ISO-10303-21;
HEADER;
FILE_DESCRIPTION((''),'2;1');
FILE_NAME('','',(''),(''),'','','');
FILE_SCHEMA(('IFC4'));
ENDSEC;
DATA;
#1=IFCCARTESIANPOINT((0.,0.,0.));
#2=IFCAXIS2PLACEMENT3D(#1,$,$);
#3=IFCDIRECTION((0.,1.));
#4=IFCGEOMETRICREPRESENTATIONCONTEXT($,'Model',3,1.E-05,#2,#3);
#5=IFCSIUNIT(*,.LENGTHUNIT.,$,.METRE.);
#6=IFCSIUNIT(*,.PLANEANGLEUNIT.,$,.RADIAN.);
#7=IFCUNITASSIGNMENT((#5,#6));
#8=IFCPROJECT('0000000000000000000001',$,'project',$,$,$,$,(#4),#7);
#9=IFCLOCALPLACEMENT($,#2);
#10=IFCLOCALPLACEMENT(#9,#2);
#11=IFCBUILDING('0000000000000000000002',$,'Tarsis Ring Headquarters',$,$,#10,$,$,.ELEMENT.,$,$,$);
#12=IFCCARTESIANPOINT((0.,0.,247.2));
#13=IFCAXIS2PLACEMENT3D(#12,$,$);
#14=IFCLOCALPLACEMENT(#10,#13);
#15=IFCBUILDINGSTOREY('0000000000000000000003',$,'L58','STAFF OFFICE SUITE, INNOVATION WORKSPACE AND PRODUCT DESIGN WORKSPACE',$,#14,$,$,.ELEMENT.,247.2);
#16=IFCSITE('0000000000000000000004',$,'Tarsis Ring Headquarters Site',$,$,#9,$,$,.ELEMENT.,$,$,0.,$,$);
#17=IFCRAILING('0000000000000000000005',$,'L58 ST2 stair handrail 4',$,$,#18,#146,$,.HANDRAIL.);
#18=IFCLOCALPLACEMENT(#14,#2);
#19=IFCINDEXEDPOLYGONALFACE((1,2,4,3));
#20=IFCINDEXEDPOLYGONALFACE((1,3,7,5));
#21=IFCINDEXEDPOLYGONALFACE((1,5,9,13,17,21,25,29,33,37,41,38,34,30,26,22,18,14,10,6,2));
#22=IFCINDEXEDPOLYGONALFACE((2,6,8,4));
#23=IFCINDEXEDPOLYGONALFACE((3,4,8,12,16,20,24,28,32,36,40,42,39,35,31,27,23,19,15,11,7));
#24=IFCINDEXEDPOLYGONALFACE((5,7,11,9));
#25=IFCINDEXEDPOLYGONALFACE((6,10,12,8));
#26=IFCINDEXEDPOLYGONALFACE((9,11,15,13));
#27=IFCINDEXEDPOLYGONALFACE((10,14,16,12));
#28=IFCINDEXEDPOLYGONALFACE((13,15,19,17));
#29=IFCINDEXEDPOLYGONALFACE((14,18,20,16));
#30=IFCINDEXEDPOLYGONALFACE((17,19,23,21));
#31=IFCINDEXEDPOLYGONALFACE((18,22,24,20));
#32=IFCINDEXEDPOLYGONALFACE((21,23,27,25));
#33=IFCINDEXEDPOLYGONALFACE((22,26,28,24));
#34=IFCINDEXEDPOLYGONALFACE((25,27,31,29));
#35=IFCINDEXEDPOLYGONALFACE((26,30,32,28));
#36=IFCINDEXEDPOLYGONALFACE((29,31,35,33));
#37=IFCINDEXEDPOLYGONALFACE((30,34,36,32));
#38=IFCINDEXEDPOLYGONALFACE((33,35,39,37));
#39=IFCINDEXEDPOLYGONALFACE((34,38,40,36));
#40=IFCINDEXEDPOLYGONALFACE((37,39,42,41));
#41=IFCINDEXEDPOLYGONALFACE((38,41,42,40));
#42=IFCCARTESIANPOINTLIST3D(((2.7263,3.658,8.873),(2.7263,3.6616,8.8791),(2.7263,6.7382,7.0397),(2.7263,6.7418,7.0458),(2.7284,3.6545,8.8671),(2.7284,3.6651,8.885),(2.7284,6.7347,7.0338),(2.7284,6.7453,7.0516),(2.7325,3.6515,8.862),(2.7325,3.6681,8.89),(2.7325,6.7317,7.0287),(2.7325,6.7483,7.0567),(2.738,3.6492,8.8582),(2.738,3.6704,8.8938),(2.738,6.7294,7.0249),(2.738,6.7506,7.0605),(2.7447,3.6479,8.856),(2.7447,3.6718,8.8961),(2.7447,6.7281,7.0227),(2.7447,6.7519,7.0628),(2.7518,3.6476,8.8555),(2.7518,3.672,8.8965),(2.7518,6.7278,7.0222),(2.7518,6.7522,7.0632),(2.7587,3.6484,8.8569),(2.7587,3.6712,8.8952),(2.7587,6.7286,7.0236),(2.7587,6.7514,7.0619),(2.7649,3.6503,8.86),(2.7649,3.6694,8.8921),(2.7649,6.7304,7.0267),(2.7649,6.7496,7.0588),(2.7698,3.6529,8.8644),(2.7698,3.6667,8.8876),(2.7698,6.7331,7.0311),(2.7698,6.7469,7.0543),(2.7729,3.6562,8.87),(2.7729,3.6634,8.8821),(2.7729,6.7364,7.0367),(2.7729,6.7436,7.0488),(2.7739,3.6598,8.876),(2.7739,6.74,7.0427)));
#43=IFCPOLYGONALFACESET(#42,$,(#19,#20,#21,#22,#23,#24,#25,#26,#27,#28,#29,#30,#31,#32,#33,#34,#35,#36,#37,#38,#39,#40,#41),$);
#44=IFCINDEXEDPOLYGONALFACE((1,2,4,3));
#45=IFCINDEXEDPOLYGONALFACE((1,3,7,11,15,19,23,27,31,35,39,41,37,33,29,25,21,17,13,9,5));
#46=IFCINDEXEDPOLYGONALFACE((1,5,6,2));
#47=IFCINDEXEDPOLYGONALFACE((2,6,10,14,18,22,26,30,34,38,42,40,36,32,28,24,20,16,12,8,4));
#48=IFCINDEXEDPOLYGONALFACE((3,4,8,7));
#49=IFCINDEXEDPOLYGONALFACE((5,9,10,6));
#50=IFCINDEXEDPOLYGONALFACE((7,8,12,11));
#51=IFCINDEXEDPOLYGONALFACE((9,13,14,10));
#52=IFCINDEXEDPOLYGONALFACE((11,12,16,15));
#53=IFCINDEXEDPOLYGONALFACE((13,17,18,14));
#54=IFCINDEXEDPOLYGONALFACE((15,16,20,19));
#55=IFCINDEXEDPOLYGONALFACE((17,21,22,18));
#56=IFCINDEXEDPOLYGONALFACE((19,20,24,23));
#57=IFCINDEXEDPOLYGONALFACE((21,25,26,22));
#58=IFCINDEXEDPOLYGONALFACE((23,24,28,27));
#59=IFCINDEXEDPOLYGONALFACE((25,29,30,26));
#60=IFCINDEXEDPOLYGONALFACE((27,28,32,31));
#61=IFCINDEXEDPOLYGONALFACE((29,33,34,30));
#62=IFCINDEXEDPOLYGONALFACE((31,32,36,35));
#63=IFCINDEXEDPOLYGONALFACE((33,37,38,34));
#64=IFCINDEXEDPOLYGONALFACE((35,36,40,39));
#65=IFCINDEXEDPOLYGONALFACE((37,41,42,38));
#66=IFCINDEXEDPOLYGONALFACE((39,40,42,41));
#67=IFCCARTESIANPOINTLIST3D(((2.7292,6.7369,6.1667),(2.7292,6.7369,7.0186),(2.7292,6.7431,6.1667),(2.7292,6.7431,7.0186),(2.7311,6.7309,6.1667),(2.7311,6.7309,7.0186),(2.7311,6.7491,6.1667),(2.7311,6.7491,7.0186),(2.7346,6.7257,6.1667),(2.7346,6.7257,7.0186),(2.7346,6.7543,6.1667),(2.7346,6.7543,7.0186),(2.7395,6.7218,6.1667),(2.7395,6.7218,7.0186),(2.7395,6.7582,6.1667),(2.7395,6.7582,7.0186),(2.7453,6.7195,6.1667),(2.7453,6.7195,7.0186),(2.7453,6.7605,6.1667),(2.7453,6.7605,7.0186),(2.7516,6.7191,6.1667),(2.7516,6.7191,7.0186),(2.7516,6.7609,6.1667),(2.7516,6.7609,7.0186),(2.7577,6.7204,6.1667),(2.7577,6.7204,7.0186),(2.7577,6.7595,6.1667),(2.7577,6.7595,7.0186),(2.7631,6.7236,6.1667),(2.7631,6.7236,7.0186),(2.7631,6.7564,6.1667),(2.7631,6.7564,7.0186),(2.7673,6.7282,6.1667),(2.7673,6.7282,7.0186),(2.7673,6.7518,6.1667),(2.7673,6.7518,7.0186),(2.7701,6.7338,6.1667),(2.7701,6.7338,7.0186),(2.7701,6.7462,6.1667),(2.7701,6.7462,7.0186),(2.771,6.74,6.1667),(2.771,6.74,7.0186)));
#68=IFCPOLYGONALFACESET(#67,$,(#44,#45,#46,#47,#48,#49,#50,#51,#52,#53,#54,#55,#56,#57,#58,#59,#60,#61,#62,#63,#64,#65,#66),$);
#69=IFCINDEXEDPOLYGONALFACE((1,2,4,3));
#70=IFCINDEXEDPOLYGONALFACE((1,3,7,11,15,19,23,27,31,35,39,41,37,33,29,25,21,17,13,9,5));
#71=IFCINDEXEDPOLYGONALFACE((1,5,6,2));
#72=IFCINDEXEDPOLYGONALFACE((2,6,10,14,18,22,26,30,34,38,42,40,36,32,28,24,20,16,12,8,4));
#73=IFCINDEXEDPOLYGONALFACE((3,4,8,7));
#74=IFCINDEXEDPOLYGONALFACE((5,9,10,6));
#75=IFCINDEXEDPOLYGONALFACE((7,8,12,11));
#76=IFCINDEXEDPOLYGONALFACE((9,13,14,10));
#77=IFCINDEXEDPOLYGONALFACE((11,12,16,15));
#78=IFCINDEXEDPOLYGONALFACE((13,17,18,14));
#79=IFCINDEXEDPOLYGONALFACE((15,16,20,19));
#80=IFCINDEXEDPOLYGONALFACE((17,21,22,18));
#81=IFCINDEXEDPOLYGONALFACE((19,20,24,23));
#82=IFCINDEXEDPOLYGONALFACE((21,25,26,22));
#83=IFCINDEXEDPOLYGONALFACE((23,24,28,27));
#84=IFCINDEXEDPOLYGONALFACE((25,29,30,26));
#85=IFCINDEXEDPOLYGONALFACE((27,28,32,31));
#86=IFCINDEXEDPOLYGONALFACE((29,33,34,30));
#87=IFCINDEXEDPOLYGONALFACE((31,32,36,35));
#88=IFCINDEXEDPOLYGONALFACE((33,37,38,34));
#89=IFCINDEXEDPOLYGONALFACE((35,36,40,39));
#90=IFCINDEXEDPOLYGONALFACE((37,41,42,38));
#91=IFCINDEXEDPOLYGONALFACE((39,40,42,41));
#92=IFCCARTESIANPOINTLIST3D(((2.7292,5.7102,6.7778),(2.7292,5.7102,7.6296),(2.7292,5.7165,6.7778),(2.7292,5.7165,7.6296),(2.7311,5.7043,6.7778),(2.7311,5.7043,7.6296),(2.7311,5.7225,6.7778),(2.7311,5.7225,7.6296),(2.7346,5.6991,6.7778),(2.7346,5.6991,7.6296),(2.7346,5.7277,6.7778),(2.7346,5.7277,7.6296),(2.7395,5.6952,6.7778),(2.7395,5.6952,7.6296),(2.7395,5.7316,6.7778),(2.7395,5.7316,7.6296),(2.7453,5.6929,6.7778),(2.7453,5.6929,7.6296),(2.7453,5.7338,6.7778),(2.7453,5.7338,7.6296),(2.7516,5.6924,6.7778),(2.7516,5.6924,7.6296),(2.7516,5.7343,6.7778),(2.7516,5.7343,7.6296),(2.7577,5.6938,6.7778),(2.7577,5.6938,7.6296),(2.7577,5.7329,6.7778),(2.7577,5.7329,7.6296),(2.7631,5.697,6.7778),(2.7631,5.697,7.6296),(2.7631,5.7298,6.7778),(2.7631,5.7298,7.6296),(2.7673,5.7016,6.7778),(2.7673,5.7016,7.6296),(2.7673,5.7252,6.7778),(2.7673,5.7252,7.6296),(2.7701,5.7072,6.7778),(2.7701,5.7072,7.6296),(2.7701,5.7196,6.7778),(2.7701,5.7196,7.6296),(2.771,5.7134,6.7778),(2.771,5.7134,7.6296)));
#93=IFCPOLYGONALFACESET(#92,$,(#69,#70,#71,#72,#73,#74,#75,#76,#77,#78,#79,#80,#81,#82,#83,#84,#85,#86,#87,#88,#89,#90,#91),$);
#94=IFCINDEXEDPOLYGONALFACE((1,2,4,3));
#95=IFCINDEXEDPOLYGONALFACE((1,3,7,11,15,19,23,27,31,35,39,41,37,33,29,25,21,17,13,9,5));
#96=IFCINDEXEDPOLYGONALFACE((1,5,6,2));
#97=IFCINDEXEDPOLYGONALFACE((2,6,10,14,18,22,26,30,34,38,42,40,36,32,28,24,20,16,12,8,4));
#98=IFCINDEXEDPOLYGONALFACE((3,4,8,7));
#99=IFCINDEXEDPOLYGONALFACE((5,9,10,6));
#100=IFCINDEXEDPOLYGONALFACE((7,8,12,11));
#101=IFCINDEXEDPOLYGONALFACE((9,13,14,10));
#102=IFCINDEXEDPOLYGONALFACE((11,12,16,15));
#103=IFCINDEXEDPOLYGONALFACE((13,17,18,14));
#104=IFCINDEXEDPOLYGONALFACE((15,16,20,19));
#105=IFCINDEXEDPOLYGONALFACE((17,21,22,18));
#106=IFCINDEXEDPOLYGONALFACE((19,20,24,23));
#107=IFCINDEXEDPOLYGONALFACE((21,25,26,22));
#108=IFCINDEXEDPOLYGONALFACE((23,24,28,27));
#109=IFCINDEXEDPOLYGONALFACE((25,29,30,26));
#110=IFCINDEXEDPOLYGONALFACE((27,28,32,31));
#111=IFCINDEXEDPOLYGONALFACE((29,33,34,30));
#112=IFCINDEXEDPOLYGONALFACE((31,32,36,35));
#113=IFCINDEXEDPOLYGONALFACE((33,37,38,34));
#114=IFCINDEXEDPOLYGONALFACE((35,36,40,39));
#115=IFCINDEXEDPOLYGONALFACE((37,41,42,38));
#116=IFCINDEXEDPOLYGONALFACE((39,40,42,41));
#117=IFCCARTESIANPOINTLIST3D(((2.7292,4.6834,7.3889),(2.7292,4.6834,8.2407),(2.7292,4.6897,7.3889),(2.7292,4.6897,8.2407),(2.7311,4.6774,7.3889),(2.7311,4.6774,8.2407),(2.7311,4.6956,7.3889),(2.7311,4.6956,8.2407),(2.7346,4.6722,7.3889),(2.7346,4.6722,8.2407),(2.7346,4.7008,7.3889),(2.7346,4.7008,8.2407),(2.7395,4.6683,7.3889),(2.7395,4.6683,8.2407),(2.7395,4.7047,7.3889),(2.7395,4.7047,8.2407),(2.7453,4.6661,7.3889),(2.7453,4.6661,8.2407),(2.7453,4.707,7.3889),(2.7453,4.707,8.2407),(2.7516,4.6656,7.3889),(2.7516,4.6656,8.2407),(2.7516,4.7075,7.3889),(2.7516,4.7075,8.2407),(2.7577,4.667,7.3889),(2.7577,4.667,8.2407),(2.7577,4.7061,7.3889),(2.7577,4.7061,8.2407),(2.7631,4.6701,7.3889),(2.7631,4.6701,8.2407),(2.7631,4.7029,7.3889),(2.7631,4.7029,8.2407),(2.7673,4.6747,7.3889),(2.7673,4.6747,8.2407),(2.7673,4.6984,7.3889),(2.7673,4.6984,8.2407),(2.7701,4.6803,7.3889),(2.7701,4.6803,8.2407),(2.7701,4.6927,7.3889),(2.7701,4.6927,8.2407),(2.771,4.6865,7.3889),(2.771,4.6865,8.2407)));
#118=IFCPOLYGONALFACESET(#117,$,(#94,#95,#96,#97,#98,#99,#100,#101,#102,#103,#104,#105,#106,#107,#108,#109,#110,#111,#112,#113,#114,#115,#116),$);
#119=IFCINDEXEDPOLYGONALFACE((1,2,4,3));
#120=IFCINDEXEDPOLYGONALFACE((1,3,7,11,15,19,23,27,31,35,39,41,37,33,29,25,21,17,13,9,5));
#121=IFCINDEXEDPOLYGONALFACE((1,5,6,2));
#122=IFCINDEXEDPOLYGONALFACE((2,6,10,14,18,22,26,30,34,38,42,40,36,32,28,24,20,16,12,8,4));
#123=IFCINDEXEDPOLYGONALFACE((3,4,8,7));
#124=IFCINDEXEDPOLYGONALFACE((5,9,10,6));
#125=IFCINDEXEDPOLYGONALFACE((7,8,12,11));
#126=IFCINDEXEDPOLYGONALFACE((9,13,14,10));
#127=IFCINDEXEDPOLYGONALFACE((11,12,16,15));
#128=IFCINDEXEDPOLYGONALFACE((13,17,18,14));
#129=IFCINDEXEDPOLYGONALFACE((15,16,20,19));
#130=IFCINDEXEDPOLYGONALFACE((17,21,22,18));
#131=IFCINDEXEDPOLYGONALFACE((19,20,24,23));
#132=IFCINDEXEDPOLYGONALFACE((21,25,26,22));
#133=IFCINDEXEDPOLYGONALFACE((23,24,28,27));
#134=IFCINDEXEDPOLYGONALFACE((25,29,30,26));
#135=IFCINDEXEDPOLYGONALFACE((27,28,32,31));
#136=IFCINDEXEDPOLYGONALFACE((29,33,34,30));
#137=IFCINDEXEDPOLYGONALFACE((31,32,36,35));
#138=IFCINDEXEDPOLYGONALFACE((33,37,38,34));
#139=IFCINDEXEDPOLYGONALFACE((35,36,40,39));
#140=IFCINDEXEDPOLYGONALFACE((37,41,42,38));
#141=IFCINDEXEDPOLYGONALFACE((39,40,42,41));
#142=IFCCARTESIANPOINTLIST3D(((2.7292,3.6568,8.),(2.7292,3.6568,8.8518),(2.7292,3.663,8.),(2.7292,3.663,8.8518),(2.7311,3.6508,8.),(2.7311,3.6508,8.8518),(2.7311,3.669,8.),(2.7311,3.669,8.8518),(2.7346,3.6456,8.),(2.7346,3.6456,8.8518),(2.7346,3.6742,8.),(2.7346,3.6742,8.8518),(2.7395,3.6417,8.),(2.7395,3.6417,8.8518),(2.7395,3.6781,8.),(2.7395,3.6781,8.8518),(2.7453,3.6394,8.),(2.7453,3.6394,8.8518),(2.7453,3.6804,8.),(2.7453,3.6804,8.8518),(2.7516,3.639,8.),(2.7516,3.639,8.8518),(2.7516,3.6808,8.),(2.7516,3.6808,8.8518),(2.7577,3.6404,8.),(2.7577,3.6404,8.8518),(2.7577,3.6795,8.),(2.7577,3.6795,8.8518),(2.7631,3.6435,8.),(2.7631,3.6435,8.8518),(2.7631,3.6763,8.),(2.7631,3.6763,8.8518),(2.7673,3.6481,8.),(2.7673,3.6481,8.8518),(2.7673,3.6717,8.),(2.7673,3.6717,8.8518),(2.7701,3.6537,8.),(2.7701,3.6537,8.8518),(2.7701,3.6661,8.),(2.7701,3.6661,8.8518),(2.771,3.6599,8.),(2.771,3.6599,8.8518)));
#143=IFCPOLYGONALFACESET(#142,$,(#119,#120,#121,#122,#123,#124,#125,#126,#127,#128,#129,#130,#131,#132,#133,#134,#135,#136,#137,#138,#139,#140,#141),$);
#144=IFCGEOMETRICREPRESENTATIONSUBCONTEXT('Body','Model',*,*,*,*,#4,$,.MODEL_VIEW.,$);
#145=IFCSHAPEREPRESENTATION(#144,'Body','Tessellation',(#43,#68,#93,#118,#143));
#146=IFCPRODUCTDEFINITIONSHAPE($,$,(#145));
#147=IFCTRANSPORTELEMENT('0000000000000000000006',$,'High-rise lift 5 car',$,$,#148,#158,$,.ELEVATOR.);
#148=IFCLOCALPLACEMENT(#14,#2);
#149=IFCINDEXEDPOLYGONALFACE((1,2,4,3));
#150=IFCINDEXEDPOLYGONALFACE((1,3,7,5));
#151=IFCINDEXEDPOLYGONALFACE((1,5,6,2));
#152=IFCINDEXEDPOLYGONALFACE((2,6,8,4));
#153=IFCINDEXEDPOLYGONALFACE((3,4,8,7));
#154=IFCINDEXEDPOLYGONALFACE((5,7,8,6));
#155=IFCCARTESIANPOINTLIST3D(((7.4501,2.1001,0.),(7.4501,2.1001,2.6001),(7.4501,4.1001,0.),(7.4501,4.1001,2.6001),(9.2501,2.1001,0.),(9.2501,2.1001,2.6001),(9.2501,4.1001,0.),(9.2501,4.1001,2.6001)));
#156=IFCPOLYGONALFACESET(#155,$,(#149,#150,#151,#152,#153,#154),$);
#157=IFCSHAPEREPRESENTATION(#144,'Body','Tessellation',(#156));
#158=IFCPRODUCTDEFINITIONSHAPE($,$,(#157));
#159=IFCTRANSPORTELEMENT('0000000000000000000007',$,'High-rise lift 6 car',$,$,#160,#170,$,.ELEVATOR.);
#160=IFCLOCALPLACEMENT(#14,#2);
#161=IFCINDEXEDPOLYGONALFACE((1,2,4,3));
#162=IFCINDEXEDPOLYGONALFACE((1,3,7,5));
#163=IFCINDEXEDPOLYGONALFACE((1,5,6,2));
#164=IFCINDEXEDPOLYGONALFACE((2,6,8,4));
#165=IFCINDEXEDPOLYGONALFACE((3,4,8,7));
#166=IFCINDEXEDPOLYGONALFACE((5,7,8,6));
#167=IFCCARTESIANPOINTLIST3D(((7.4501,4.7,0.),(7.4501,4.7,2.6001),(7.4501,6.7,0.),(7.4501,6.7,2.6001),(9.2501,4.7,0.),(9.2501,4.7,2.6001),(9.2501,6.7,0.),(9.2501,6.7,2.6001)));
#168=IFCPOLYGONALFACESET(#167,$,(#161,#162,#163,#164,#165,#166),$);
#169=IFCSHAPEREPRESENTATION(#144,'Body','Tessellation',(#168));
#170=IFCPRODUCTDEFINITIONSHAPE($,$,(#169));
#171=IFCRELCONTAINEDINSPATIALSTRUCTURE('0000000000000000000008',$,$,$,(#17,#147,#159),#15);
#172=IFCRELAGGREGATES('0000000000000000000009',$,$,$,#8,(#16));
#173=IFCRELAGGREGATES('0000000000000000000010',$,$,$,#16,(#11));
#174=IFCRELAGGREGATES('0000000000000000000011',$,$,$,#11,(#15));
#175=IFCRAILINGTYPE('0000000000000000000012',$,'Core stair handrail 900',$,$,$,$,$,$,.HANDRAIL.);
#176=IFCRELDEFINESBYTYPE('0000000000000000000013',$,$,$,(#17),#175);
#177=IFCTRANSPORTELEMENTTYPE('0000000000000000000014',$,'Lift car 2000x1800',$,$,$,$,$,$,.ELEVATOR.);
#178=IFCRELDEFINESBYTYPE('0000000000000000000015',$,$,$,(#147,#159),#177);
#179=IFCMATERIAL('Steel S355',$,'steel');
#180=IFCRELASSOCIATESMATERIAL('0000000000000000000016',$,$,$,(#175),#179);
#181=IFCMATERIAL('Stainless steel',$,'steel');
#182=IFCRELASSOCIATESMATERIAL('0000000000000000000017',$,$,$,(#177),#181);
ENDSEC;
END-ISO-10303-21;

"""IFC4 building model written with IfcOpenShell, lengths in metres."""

from ifc_helpers import new_model, si_unit, direction, frame, origin, origin_2d, place, context, subcontext, project, spatial, rectangle, circle, extrude, material, type_object, element, save


model = new_model("IFC4")

# Units and contexts
model_context = context("Model", 3, precision=1e-05, world=origin(), true_north=direction((0.0, 1.0)))
body_context = subcontext(model_context, "Body", "Model", "MODEL_VIEW")
ifc_project = project(units=[si_unit("LENGTHUNIT", "METRE"), si_unit("PLANEANGLEUNIT", "RADIAN")], contexts=[model_context])

# Site, building, storey
site_placement = place(None, origin())
site = spatial("IfcSite", under=ifc_project, at=site_placement, Name="Tarsis Ring Headquarters Site", CompositionType="ELEMENT", RefElevation=0.0)
building_placement = place(site_placement, origin())
building = spatial("IfcBuilding", under=site, at=building_placement, Name="Tarsis Ring Headquarters", CompositionType="ELEMENT")
storey_placement = place(building_placement, frame((0.0, 0.0, 247.2)))
storey = spatial("IfcBuildingStorey", under=building, at=storey_placement, Name="L58", Description="STAFF OFFICE SUITE, INNOVATION WORKSPACE AND PRODUCT DESIGN WORKSPACE", CompositionType="ELEMENT", Elevation=247.2)

# Railing
ifc_material_1 = material(Name="Steel S355", Category="steel")
railing_type_1 = type_object("IfcRailingType", Name="Core stair handrail 900", PredefinedType="HANDRAIL", material=ifc_material_1)
railing_1_placement = place(storey_placement, frame((2.75, 6.74, 6.1667)))
element("IfcRailing", 1, at=railing_1_placement, inside=storey, type_object=railing_type_1, Name="L58 ST2 stair handrail 4", PredefinedType="HANDRAIL", context=body_context, shape_type="SweptSolid", body=[
    extrude(circle(Radius=0.0239, at=origin_2d()), frame((0.0, 0.0, 0.876), z_axis=(0.0, -0.859309, 0.511458), x_axis=(1.0, 0.0, 0.0)), (0.0, 0.0, 1.0), 3.5845),
    extrude(circle(Radius=0.021, at=origin_2d()), origin(), (0.0, 0.0, 1.0), 0.8518),
    extrude(circle(Radius=0.021, at=origin_2d()), frame((0.0, -1.0266, 0.6111)), (0.0, 0.0, 1.0), 0.8518),
    extrude(circle(Radius=0.021, at=origin_2d()), frame((0.0, -2.0535, 1.2222)), (0.0, 0.0, 1.0), 0.8518),
    extrude(circle(Radius=0.021, at=origin_2d()), frame((0.0, -3.0801, 1.8333)), (0.0, 0.0, 1.0), 0.8518),
])

# Transport elements
ifc_material_2 = material(Name="Stainless steel", Category="steel")
transport_element_type = type_object("IfcTransportElementType", Name="Lift car 2000x1800", PredefinedType="ELEVATOR", material=ifc_material_2)
for number, where, z_axis, x_axis, name in (
    (2, (8.3501, 3.1001, 0.0), (0.0, 0.0, 1.0), (1.0, 0.0, 0.0), "High-rise lift 5 car"),
    (3, (8.3501, 5.7, 0.0), (0.0, 0.0, 1.0), (1.0, 0.0, 0.0), "High-rise lift 6 car"),
):
    element("IfcTransportElement", number, at=place(storey_placement, frame(where, z_axis=z_axis, x_axis=x_axis)), inside=storey, type_object=transport_element_type, Name=name, PredefinedType="ELEVATOR", context=body_context, shape_type="SweptSolid", body=[
        extrude(rectangle(XDim=1.8, YDim=2.0, at=origin_2d()), origin(), (0.0, 0.0, 1.0), 2.6001),
    ])

save(model, "model.ifc")
